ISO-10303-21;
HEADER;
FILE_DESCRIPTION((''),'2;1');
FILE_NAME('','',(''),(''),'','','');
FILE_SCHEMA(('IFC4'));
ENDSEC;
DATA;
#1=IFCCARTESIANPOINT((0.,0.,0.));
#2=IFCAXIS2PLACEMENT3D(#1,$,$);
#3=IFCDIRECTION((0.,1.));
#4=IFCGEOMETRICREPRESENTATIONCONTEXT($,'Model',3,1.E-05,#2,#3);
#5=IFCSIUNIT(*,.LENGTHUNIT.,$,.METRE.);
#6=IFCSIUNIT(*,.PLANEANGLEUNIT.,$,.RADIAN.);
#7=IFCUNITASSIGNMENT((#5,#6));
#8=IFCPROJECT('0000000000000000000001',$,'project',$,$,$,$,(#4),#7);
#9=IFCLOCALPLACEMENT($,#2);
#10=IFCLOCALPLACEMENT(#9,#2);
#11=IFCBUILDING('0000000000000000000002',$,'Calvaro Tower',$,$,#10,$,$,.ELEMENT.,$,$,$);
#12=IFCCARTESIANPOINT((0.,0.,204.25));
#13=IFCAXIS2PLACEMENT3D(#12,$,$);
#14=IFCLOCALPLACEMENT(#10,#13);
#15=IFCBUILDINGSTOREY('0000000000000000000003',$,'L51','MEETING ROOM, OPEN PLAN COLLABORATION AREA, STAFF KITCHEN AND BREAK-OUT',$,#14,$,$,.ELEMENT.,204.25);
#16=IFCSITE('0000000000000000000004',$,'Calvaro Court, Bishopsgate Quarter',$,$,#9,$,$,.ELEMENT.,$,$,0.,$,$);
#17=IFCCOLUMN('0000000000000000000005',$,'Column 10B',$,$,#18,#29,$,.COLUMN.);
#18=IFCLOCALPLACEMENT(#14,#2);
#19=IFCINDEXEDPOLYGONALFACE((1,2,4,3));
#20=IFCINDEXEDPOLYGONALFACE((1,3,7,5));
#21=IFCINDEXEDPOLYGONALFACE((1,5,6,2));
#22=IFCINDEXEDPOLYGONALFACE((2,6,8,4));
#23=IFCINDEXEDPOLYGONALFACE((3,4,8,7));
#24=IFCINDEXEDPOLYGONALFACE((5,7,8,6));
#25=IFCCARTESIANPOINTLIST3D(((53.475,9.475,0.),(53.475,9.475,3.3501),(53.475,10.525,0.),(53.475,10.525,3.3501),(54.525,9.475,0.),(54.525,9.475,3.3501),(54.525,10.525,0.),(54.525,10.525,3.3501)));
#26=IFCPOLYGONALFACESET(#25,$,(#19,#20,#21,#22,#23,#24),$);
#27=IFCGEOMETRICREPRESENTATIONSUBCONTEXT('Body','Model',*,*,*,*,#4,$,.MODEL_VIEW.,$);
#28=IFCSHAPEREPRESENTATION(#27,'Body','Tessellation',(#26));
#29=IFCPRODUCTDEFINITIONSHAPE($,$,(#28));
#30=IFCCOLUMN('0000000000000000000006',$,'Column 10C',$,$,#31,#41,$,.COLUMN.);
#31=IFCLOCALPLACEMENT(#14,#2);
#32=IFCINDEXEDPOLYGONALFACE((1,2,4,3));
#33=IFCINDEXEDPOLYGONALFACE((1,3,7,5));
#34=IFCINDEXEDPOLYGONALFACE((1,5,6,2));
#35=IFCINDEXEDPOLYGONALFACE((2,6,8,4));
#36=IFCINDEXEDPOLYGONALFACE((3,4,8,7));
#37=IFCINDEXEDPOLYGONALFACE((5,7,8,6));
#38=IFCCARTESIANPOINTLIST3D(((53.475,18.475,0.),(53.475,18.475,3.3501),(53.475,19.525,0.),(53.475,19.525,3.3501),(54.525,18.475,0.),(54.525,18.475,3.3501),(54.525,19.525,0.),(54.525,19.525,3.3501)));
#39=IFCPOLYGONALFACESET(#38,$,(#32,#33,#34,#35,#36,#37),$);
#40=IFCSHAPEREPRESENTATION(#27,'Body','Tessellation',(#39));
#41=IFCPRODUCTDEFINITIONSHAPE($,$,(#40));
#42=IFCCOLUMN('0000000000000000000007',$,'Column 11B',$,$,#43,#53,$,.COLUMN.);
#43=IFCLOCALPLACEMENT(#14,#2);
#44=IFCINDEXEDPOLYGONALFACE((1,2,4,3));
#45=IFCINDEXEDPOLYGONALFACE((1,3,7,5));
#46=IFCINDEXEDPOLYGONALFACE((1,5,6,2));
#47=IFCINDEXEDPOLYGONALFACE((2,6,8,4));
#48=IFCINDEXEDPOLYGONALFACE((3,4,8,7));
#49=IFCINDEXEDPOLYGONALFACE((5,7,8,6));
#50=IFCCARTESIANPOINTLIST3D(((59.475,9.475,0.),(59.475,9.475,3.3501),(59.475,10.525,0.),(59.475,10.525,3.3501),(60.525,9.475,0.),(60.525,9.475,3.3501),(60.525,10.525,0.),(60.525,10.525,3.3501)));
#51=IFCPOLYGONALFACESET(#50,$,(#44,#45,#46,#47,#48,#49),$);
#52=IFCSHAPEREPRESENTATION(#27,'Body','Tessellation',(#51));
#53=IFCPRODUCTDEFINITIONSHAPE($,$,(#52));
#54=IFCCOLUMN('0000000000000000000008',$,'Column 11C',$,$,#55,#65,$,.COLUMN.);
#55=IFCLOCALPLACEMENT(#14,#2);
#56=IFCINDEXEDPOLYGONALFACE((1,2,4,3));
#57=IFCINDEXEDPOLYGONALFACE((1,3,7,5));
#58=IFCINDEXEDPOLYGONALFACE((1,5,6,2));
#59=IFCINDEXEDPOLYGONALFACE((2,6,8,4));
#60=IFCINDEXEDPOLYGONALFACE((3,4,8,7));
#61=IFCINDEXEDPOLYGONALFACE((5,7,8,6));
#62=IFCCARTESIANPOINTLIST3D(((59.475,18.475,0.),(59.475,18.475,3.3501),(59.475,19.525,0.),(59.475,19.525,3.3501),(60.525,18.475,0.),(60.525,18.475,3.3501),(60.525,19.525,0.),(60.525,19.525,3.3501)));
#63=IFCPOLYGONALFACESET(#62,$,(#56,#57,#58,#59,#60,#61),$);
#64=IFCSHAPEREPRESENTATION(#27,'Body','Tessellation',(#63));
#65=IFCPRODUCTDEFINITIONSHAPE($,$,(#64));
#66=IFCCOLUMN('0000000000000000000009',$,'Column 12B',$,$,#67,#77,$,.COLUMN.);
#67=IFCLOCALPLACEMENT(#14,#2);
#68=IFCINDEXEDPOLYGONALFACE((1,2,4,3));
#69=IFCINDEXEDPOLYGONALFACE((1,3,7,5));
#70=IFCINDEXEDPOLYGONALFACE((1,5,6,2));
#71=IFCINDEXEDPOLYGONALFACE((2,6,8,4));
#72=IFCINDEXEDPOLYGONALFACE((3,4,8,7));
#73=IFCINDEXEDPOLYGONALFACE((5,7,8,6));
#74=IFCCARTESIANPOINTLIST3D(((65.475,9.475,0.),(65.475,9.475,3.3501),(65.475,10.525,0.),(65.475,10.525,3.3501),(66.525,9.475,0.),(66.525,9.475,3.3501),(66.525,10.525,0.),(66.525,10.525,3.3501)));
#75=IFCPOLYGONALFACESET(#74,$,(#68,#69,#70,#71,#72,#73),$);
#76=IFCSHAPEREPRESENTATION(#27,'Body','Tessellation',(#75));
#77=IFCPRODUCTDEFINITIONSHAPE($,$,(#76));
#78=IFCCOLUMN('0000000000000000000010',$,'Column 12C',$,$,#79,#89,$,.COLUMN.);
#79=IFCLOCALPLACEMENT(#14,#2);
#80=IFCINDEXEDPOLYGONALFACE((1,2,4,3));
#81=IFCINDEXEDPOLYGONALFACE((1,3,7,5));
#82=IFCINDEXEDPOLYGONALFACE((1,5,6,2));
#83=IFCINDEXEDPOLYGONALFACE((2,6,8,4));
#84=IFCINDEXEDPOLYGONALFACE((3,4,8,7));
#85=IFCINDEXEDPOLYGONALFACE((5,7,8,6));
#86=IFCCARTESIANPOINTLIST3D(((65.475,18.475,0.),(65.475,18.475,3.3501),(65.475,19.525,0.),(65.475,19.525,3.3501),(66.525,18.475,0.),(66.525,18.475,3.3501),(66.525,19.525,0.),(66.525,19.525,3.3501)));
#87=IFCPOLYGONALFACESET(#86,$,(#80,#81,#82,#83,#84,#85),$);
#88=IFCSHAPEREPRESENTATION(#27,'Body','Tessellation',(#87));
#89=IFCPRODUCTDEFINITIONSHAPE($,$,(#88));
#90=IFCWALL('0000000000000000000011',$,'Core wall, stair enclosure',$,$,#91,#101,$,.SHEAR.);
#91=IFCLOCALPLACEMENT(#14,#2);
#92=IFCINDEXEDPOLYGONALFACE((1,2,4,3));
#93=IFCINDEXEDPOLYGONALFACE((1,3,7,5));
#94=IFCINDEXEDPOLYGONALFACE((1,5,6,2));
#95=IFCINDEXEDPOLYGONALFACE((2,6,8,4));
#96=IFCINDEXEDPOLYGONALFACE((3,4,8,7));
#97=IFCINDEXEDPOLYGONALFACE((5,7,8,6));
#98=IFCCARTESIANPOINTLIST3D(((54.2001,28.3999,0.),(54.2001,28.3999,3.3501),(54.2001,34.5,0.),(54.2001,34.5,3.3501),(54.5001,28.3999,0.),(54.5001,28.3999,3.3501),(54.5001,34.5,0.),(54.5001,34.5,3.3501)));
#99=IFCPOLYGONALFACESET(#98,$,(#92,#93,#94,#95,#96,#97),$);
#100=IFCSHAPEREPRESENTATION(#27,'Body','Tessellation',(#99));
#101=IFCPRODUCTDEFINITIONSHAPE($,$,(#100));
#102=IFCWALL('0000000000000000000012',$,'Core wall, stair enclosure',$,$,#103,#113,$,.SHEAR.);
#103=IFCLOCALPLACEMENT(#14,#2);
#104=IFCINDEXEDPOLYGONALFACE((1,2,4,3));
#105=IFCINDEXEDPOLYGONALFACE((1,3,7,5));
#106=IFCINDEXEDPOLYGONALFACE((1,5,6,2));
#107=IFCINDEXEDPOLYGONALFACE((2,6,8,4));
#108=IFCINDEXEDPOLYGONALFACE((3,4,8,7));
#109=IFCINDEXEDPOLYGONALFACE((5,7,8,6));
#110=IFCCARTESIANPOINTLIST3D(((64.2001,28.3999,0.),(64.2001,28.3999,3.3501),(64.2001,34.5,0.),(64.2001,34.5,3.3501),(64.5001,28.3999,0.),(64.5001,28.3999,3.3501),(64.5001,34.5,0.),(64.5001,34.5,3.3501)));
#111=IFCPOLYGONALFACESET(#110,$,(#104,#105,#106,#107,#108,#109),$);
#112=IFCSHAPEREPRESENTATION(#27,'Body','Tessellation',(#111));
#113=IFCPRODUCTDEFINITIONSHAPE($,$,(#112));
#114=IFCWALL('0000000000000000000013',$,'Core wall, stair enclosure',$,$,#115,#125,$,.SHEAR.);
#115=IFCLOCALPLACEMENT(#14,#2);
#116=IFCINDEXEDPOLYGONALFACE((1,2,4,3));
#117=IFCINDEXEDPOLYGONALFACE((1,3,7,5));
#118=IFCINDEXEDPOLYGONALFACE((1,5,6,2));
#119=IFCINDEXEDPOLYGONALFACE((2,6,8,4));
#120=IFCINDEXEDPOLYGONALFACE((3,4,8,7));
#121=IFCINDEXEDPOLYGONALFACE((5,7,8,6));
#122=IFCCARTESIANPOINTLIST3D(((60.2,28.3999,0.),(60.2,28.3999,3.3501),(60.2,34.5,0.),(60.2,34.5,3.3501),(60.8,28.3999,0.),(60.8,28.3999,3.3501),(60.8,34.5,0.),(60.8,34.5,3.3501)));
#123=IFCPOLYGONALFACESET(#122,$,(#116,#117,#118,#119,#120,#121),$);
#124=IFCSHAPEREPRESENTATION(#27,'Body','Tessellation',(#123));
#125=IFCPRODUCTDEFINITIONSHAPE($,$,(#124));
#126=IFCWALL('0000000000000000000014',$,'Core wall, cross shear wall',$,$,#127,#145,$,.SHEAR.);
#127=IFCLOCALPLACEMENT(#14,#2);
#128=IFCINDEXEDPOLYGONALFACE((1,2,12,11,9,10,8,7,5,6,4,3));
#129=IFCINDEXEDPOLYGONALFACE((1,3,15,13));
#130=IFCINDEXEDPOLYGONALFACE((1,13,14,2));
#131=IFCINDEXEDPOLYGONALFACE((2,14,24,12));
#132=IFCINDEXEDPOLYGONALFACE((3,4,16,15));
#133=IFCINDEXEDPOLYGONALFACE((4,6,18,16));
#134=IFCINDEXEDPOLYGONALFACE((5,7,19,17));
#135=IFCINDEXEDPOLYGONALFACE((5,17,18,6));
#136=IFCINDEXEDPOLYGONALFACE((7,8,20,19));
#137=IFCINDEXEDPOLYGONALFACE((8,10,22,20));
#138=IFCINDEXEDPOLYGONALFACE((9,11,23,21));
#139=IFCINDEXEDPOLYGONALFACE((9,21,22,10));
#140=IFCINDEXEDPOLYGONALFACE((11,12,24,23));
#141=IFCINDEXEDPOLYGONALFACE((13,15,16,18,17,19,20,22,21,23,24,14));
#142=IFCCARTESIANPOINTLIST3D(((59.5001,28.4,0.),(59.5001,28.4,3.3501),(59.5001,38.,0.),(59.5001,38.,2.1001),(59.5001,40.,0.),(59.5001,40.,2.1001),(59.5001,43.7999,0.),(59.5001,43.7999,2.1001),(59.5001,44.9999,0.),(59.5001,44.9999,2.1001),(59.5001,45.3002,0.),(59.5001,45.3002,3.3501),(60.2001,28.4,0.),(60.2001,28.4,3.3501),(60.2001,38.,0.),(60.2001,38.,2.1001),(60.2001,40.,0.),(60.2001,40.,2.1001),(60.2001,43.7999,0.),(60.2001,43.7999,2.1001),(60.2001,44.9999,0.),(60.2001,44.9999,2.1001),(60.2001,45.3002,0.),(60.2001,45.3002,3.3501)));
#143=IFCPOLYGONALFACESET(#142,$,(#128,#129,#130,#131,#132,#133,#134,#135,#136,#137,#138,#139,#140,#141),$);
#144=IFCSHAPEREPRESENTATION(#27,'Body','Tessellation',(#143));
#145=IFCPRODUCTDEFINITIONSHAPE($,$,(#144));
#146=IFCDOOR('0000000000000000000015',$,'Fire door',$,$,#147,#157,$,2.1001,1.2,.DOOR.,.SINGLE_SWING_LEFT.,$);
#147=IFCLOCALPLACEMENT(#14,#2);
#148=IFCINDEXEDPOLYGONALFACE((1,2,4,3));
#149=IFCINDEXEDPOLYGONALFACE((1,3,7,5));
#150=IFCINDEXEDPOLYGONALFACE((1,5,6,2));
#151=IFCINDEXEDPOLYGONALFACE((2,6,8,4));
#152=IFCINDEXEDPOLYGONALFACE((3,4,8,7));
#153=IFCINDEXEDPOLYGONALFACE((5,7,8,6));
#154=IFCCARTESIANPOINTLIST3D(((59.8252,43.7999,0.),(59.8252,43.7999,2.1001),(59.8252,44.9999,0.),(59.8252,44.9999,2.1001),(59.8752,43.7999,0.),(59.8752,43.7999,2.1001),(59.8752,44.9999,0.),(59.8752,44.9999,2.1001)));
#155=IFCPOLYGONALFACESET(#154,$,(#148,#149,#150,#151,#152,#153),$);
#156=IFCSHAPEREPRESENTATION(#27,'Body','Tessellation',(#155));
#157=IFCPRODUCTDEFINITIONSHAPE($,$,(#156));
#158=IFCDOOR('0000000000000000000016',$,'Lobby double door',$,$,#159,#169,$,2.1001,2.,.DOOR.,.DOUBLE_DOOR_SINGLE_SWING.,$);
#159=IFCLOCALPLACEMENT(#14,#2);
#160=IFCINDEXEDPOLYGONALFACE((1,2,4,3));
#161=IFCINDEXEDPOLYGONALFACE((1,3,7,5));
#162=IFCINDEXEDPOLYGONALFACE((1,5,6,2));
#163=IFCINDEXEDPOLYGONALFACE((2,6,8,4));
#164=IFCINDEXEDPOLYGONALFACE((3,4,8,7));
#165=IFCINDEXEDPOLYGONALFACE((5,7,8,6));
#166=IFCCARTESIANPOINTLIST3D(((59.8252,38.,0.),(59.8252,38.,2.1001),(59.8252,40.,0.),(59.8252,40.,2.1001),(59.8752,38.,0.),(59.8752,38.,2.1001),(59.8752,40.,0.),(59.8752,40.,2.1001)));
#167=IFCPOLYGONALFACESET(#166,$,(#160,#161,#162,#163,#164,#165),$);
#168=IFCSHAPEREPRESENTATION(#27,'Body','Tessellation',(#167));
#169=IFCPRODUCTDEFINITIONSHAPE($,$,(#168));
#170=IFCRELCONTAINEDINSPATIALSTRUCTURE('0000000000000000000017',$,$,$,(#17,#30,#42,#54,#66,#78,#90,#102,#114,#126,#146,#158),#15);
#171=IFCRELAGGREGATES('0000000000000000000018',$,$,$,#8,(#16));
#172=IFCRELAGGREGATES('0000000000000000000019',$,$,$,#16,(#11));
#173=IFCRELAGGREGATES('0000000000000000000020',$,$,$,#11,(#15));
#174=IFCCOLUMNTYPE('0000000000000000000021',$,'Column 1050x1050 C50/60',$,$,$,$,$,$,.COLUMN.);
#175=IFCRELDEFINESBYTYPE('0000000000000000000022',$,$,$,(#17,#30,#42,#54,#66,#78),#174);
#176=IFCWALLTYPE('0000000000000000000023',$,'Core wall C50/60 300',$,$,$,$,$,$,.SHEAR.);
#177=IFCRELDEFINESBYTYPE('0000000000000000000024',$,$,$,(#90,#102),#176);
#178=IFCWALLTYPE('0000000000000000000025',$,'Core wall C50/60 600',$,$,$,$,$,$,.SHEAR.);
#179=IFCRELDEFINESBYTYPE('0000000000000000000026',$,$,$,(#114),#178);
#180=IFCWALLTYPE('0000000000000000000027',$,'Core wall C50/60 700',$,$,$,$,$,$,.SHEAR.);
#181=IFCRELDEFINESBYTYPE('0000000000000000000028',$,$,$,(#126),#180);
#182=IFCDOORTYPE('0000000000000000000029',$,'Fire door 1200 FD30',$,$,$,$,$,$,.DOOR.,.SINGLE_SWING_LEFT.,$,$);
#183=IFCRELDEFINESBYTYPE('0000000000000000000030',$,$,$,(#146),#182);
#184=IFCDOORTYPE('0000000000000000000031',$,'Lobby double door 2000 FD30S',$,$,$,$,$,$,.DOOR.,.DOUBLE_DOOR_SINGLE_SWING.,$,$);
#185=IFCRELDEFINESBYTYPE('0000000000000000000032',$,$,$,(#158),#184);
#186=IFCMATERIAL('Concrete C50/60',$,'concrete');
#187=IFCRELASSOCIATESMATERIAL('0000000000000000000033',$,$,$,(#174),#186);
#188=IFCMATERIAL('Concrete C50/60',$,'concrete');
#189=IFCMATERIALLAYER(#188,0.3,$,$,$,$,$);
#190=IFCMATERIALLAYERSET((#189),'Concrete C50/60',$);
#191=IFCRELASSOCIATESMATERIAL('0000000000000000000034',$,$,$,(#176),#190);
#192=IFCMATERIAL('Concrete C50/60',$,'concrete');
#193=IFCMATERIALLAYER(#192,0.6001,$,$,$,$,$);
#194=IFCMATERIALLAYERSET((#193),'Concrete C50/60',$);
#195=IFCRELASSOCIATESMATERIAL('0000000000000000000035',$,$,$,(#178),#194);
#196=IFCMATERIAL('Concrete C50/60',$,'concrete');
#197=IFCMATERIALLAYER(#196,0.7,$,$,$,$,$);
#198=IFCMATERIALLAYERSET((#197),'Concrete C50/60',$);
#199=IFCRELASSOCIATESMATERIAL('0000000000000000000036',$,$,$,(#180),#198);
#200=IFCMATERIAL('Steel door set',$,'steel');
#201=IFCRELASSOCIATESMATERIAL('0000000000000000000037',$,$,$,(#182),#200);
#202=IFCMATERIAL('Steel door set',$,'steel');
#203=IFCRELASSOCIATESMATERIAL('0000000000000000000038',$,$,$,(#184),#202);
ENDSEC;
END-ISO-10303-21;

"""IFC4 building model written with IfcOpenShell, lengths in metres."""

from ifc_helpers import new_model, si_unit, direction, frame, frame_2d, origin, origin_2d, place, context, subcontext, project, spatial, rectangle, extrude, material, layer, layer_set, material_profile, profile_set, type_object, element, fill, save


model = new_model("IFC4")

# Units and contexts
model_context = context("Model", 3, precision=1e-05, world=origin(), true_north=direction((0.0, 1.0)))
body_context = subcontext(model_context, "Body", "Model", "MODEL_VIEW")
ifc_project = project(units=[si_unit("LENGTHUNIT", "METRE"), si_unit("PLANEANGLEUNIT", "RADIAN")], contexts=[model_context])

# Site, building, storey
site_placement = place(None, origin())
site = spatial("IfcSite", under=ifc_project, at=site_placement, Name="Calvaro Court, Bishopsgate Quarter", CompositionType="ELEMENT", RefElevation=0.0)
building_placement = place(site_placement, origin())
building = spatial("IfcBuilding", under=site, at=building_placement, Name="Calvaro Tower", CompositionType="ELEMENT")
storey_placement = place(building_placement, frame((0.0, 0.0, 204.25)))
storey = spatial("IfcBuildingStorey", under=building, at=storey_placement, Name="L51", Description="MEETING ROOM, OPEN PLAN COLLABORATION AREA, STAFF KITCHEN AND BREAK-OUT", CompositionType="ELEMENT", Elevation=204.25)

# Columns
ifc_material_1 = material(Name="Concrete C50/60", Category="concrete")
ifc_material_profile = material_profile(ifc_material_1, rectangle(XDim=1.05, YDim=1.05, at=origin_2d()), Name="RC 1050x1050")
ifc_profile_set = profile_set([ifc_material_profile], Name="Concrete C50/60")
column_type = type_object("IfcColumnType", Name="Column 1050x1050 C50/60", PredefinedType="COLUMN", material=ifc_profile_set)
for number, where, z_axis, x_axis, name in (
    (1, (54.0, 10.0, 0.0), (0.0, 0.0, 1.0), (1.0, 0.0, 0.0), "Column 10B"),
    (2, (54.0, 19.0, 0.0), (0.0, 0.0, 1.0), (1.0, 0.0, 0.0), "Column 10C"),
    (3, (60.0, 10.0, 0.0), (0.0, 0.0, 1.0), (1.0, 0.0, 0.0), "Column 11B"),
    (4, (60.0, 19.0, 0.0), (0.0, 0.0, 1.0), (1.0, 0.0, 0.0), "Column 11C"),
    (5, (66.0, 10.0, 0.0), (0.0, 0.0, 1.0), (1.0, 0.0, 0.0), "Column 12B"),
    (6, (66.0, 19.0, 0.0), (0.0, 0.0, 1.0), (1.0, 0.0, 0.0), "Column 12C"),
):
    element("IfcColumn", number, at=place(storey_placement, frame(where, z_axis=z_axis, x_axis=x_axis)), inside=storey, type_object=column_type, Name=name, PredefinedType="COLUMN", context=body_context, shape_type="SweptSolid", body=[
        extrude(rectangle(XDim=1.05, YDim=1.05, at=origin_2d()), origin(), (0.0, 0.0, 1.0), 3.3501),
    ])

# Walls
ifc_material_2 = material(Name="Concrete C50/60", Category="concrete")
ifc_layer_1 = layer(ifc_material_2, 0.3)
ifc_layer_set_1 = layer_set([ifc_layer_1], Name="Concrete C50/60")
wall_type_1 = type_object("IfcWallType", Name="Core wall C50/60 300", PredefinedType="SHEAR", material=ifc_layer_set_1)
for number, where, z_axis, x_axis, name in (
    (7, (54.3501, 28.3999, 0.0), (0.0, 0.0, 1.0), (0.0, 1.0, 0.0), "Core wall, stair enclosure"),
    (8, (64.3501, 28.3999, 0.0), (0.0, 0.0, 1.0), (0.0, 1.0, 0.0), "Core wall, stair enclosure"),
):
    element("IfcWall", number, at=place(storey_placement, frame(where, z_axis=z_axis, x_axis=x_axis)), inside=storey, type_object=wall_type_1, Name=name, PredefinedType="SHEAR", context=body_context, shape_type="SweptSolid", body=[
        extrude(rectangle(XDim=6.1001, YDim=0.3, at=frame_2d((3.05, 0.0))), origin(), (0.0, 0.0, 1.0), 3.3501),
    ])
ifc_material_3 = material(Name="Concrete C50/60", Category="concrete")
ifc_layer_2 = layer(ifc_material_3, 0.6001)
ifc_layer_set_2 = layer_set([ifc_layer_2], Name="Concrete C50/60")
wall_type_2 = type_object("IfcWallType", Name="Core wall C50/60 600", PredefinedType="SHEAR", material=ifc_layer_set_2)
wall_1_placement = place(storey_placement, frame((60.5, 28.3999, 0.0), z_axis=(0.0, 0.0, 1.0), x_axis=(0.0, 1.0, 0.0)))
element("IfcWall", 9, at=wall_1_placement, inside=storey, type_object=wall_type_2, Name="Core wall, stair enclosure", PredefinedType="SHEAR", context=body_context, shape_type="SweptSolid", body=[
    extrude(rectangle(XDim=6.1001, YDim=0.6001, at=frame_2d((3.05, 0.0))), origin(), (0.0, 0.0, 1.0), 3.3501),
])

# Wall, openings, doors
ifc_material_4 = material(Name="Concrete C50/60", Category="concrete")
ifc_layer_3 = layer(ifc_material_4, 0.7)
ifc_layer_set_3 = layer_set([ifc_layer_3], Name="Concrete C50/60")
wall_type_3 = type_object("IfcWallType", Name="Core wall C50/60 700", PredefinedType="SHEAR", material=ifc_layer_set_3)
wall_2_placement = place(storey_placement, frame((59.8501, 28.3999, 0.0), z_axis=(0.0, 0.0, 1.0), x_axis=(0.0, 1.0, 0.0)))
wall_2 = element("IfcWall", 10, at=wall_2_placement, inside=storey, type_object=wall_type_3, Name="Core wall, cross shear wall", PredefinedType="SHEAR", context=body_context, shape_type="SweptSolid", body=[
    extrude(rectangle(XDim=16.9001, YDim=0.7, at=frame_2d((8.4502, 0.0))), origin(), (0.0, 0.0, 1.0), 3.3501),
])
opening_1_placement = place(wall_2_placement, frame((9.6001, 0.0, 0.0)))
opening_1 = element("IfcOpeningElement", 11, at=opening_1_placement, cuts=wall_2, PredefinedType="OPENING", context=body_context, shape_type="SweptSolid", body=[
    extrude(rectangle(XDim=2.0, YDim=2.1001, at=frame_2d((1.0, 1.05))), frame((0.0, 0.3599, 0.0), z_axis=(0.0, -1.0, 0.0), x_axis=(1.0, 0.0, 0.0)), (0.0, 0.0, 1.0), 0.72),
])
opening_2_placement = place(wall_2_placement, frame((15.3999, 0.0, 0.0)))
opening_2 = element("IfcOpeningElement", 12, at=opening_2_placement, cuts=wall_2, PredefinedType="OPENING", context=body_context, shape_type="SweptSolid", body=[
    extrude(rectangle(XDim=1.2, YDim=2.1001, at=frame_2d((0.6001, 1.05))), frame((0.0, 0.3599, 0.0), z_axis=(0.0, -1.0, 0.0), x_axis=(1.0, 0.0, 0.0)), (0.0, 0.0, 1.0), 0.72),
])
ifc_material_5 = material(Name="Steel door set", Category="steel")
door_type_1 = type_object("IfcDoorType", Name="Fire door 1200 FD30", OperationType="SINGLE_SWING_LEFT", PredefinedType="DOOR", material=ifc_material_5)
door_1_placement = place(opening_2_placement, origin())
door_1 = element("IfcDoor", 13, at=door_1_placement, inside=storey, type_object=door_type_1, Name="Fire door", OperationType="SINGLE_SWING_LEFT", OverallHeight=2.1001, OverallWidth=1.2, PredefinedType="DOOR", context=body_context, shape_type="SweptSolid", body=[
    extrude(rectangle(XDim=1.2, YDim=2.1001, at=frame_2d((0.6001, 1.05))), frame((0.0, 0.0249, 0.0), z_axis=(0.0, -1.0, 0.0), x_axis=(1.0, 0.0, 0.0)), (0.0, 0.0, 1.0), 0.05),
])
fill(opening_2, door_1)
ifc_material_6 = material(Name="Steel door set", Category="steel")
door_type_2 = type_object("IfcDoorType", Name="Lobby double door 2000 FD30S", OperationType="DOUBLE_DOOR_SINGLE_SWING", PredefinedType="DOOR", material=ifc_material_6)
door_2_placement = place(opening_1_placement, origin())
door_2 = element("IfcDoor", 14, at=door_2_placement, inside=storey, type_object=door_type_2, Name="Lobby double door", OperationType="DOUBLE_DOOR_SINGLE_SWING", OverallHeight=2.1001, OverallWidth=2.0, PredefinedType="DOOR", context=body_context, shape_type="SweptSolid", body=[
    extrude(rectangle(XDim=2.0, YDim=2.1001, at=frame_2d((1.0, 1.05))), frame((0.0, 0.0249, 0.0), z_axis=(0.0, -1.0, 0.0), x_axis=(1.0, 0.0, 0.0)), (0.0, 0.0, 1.0), 0.05),
])
fill(opening_1, door_2)

save(model, "model.ifc")
